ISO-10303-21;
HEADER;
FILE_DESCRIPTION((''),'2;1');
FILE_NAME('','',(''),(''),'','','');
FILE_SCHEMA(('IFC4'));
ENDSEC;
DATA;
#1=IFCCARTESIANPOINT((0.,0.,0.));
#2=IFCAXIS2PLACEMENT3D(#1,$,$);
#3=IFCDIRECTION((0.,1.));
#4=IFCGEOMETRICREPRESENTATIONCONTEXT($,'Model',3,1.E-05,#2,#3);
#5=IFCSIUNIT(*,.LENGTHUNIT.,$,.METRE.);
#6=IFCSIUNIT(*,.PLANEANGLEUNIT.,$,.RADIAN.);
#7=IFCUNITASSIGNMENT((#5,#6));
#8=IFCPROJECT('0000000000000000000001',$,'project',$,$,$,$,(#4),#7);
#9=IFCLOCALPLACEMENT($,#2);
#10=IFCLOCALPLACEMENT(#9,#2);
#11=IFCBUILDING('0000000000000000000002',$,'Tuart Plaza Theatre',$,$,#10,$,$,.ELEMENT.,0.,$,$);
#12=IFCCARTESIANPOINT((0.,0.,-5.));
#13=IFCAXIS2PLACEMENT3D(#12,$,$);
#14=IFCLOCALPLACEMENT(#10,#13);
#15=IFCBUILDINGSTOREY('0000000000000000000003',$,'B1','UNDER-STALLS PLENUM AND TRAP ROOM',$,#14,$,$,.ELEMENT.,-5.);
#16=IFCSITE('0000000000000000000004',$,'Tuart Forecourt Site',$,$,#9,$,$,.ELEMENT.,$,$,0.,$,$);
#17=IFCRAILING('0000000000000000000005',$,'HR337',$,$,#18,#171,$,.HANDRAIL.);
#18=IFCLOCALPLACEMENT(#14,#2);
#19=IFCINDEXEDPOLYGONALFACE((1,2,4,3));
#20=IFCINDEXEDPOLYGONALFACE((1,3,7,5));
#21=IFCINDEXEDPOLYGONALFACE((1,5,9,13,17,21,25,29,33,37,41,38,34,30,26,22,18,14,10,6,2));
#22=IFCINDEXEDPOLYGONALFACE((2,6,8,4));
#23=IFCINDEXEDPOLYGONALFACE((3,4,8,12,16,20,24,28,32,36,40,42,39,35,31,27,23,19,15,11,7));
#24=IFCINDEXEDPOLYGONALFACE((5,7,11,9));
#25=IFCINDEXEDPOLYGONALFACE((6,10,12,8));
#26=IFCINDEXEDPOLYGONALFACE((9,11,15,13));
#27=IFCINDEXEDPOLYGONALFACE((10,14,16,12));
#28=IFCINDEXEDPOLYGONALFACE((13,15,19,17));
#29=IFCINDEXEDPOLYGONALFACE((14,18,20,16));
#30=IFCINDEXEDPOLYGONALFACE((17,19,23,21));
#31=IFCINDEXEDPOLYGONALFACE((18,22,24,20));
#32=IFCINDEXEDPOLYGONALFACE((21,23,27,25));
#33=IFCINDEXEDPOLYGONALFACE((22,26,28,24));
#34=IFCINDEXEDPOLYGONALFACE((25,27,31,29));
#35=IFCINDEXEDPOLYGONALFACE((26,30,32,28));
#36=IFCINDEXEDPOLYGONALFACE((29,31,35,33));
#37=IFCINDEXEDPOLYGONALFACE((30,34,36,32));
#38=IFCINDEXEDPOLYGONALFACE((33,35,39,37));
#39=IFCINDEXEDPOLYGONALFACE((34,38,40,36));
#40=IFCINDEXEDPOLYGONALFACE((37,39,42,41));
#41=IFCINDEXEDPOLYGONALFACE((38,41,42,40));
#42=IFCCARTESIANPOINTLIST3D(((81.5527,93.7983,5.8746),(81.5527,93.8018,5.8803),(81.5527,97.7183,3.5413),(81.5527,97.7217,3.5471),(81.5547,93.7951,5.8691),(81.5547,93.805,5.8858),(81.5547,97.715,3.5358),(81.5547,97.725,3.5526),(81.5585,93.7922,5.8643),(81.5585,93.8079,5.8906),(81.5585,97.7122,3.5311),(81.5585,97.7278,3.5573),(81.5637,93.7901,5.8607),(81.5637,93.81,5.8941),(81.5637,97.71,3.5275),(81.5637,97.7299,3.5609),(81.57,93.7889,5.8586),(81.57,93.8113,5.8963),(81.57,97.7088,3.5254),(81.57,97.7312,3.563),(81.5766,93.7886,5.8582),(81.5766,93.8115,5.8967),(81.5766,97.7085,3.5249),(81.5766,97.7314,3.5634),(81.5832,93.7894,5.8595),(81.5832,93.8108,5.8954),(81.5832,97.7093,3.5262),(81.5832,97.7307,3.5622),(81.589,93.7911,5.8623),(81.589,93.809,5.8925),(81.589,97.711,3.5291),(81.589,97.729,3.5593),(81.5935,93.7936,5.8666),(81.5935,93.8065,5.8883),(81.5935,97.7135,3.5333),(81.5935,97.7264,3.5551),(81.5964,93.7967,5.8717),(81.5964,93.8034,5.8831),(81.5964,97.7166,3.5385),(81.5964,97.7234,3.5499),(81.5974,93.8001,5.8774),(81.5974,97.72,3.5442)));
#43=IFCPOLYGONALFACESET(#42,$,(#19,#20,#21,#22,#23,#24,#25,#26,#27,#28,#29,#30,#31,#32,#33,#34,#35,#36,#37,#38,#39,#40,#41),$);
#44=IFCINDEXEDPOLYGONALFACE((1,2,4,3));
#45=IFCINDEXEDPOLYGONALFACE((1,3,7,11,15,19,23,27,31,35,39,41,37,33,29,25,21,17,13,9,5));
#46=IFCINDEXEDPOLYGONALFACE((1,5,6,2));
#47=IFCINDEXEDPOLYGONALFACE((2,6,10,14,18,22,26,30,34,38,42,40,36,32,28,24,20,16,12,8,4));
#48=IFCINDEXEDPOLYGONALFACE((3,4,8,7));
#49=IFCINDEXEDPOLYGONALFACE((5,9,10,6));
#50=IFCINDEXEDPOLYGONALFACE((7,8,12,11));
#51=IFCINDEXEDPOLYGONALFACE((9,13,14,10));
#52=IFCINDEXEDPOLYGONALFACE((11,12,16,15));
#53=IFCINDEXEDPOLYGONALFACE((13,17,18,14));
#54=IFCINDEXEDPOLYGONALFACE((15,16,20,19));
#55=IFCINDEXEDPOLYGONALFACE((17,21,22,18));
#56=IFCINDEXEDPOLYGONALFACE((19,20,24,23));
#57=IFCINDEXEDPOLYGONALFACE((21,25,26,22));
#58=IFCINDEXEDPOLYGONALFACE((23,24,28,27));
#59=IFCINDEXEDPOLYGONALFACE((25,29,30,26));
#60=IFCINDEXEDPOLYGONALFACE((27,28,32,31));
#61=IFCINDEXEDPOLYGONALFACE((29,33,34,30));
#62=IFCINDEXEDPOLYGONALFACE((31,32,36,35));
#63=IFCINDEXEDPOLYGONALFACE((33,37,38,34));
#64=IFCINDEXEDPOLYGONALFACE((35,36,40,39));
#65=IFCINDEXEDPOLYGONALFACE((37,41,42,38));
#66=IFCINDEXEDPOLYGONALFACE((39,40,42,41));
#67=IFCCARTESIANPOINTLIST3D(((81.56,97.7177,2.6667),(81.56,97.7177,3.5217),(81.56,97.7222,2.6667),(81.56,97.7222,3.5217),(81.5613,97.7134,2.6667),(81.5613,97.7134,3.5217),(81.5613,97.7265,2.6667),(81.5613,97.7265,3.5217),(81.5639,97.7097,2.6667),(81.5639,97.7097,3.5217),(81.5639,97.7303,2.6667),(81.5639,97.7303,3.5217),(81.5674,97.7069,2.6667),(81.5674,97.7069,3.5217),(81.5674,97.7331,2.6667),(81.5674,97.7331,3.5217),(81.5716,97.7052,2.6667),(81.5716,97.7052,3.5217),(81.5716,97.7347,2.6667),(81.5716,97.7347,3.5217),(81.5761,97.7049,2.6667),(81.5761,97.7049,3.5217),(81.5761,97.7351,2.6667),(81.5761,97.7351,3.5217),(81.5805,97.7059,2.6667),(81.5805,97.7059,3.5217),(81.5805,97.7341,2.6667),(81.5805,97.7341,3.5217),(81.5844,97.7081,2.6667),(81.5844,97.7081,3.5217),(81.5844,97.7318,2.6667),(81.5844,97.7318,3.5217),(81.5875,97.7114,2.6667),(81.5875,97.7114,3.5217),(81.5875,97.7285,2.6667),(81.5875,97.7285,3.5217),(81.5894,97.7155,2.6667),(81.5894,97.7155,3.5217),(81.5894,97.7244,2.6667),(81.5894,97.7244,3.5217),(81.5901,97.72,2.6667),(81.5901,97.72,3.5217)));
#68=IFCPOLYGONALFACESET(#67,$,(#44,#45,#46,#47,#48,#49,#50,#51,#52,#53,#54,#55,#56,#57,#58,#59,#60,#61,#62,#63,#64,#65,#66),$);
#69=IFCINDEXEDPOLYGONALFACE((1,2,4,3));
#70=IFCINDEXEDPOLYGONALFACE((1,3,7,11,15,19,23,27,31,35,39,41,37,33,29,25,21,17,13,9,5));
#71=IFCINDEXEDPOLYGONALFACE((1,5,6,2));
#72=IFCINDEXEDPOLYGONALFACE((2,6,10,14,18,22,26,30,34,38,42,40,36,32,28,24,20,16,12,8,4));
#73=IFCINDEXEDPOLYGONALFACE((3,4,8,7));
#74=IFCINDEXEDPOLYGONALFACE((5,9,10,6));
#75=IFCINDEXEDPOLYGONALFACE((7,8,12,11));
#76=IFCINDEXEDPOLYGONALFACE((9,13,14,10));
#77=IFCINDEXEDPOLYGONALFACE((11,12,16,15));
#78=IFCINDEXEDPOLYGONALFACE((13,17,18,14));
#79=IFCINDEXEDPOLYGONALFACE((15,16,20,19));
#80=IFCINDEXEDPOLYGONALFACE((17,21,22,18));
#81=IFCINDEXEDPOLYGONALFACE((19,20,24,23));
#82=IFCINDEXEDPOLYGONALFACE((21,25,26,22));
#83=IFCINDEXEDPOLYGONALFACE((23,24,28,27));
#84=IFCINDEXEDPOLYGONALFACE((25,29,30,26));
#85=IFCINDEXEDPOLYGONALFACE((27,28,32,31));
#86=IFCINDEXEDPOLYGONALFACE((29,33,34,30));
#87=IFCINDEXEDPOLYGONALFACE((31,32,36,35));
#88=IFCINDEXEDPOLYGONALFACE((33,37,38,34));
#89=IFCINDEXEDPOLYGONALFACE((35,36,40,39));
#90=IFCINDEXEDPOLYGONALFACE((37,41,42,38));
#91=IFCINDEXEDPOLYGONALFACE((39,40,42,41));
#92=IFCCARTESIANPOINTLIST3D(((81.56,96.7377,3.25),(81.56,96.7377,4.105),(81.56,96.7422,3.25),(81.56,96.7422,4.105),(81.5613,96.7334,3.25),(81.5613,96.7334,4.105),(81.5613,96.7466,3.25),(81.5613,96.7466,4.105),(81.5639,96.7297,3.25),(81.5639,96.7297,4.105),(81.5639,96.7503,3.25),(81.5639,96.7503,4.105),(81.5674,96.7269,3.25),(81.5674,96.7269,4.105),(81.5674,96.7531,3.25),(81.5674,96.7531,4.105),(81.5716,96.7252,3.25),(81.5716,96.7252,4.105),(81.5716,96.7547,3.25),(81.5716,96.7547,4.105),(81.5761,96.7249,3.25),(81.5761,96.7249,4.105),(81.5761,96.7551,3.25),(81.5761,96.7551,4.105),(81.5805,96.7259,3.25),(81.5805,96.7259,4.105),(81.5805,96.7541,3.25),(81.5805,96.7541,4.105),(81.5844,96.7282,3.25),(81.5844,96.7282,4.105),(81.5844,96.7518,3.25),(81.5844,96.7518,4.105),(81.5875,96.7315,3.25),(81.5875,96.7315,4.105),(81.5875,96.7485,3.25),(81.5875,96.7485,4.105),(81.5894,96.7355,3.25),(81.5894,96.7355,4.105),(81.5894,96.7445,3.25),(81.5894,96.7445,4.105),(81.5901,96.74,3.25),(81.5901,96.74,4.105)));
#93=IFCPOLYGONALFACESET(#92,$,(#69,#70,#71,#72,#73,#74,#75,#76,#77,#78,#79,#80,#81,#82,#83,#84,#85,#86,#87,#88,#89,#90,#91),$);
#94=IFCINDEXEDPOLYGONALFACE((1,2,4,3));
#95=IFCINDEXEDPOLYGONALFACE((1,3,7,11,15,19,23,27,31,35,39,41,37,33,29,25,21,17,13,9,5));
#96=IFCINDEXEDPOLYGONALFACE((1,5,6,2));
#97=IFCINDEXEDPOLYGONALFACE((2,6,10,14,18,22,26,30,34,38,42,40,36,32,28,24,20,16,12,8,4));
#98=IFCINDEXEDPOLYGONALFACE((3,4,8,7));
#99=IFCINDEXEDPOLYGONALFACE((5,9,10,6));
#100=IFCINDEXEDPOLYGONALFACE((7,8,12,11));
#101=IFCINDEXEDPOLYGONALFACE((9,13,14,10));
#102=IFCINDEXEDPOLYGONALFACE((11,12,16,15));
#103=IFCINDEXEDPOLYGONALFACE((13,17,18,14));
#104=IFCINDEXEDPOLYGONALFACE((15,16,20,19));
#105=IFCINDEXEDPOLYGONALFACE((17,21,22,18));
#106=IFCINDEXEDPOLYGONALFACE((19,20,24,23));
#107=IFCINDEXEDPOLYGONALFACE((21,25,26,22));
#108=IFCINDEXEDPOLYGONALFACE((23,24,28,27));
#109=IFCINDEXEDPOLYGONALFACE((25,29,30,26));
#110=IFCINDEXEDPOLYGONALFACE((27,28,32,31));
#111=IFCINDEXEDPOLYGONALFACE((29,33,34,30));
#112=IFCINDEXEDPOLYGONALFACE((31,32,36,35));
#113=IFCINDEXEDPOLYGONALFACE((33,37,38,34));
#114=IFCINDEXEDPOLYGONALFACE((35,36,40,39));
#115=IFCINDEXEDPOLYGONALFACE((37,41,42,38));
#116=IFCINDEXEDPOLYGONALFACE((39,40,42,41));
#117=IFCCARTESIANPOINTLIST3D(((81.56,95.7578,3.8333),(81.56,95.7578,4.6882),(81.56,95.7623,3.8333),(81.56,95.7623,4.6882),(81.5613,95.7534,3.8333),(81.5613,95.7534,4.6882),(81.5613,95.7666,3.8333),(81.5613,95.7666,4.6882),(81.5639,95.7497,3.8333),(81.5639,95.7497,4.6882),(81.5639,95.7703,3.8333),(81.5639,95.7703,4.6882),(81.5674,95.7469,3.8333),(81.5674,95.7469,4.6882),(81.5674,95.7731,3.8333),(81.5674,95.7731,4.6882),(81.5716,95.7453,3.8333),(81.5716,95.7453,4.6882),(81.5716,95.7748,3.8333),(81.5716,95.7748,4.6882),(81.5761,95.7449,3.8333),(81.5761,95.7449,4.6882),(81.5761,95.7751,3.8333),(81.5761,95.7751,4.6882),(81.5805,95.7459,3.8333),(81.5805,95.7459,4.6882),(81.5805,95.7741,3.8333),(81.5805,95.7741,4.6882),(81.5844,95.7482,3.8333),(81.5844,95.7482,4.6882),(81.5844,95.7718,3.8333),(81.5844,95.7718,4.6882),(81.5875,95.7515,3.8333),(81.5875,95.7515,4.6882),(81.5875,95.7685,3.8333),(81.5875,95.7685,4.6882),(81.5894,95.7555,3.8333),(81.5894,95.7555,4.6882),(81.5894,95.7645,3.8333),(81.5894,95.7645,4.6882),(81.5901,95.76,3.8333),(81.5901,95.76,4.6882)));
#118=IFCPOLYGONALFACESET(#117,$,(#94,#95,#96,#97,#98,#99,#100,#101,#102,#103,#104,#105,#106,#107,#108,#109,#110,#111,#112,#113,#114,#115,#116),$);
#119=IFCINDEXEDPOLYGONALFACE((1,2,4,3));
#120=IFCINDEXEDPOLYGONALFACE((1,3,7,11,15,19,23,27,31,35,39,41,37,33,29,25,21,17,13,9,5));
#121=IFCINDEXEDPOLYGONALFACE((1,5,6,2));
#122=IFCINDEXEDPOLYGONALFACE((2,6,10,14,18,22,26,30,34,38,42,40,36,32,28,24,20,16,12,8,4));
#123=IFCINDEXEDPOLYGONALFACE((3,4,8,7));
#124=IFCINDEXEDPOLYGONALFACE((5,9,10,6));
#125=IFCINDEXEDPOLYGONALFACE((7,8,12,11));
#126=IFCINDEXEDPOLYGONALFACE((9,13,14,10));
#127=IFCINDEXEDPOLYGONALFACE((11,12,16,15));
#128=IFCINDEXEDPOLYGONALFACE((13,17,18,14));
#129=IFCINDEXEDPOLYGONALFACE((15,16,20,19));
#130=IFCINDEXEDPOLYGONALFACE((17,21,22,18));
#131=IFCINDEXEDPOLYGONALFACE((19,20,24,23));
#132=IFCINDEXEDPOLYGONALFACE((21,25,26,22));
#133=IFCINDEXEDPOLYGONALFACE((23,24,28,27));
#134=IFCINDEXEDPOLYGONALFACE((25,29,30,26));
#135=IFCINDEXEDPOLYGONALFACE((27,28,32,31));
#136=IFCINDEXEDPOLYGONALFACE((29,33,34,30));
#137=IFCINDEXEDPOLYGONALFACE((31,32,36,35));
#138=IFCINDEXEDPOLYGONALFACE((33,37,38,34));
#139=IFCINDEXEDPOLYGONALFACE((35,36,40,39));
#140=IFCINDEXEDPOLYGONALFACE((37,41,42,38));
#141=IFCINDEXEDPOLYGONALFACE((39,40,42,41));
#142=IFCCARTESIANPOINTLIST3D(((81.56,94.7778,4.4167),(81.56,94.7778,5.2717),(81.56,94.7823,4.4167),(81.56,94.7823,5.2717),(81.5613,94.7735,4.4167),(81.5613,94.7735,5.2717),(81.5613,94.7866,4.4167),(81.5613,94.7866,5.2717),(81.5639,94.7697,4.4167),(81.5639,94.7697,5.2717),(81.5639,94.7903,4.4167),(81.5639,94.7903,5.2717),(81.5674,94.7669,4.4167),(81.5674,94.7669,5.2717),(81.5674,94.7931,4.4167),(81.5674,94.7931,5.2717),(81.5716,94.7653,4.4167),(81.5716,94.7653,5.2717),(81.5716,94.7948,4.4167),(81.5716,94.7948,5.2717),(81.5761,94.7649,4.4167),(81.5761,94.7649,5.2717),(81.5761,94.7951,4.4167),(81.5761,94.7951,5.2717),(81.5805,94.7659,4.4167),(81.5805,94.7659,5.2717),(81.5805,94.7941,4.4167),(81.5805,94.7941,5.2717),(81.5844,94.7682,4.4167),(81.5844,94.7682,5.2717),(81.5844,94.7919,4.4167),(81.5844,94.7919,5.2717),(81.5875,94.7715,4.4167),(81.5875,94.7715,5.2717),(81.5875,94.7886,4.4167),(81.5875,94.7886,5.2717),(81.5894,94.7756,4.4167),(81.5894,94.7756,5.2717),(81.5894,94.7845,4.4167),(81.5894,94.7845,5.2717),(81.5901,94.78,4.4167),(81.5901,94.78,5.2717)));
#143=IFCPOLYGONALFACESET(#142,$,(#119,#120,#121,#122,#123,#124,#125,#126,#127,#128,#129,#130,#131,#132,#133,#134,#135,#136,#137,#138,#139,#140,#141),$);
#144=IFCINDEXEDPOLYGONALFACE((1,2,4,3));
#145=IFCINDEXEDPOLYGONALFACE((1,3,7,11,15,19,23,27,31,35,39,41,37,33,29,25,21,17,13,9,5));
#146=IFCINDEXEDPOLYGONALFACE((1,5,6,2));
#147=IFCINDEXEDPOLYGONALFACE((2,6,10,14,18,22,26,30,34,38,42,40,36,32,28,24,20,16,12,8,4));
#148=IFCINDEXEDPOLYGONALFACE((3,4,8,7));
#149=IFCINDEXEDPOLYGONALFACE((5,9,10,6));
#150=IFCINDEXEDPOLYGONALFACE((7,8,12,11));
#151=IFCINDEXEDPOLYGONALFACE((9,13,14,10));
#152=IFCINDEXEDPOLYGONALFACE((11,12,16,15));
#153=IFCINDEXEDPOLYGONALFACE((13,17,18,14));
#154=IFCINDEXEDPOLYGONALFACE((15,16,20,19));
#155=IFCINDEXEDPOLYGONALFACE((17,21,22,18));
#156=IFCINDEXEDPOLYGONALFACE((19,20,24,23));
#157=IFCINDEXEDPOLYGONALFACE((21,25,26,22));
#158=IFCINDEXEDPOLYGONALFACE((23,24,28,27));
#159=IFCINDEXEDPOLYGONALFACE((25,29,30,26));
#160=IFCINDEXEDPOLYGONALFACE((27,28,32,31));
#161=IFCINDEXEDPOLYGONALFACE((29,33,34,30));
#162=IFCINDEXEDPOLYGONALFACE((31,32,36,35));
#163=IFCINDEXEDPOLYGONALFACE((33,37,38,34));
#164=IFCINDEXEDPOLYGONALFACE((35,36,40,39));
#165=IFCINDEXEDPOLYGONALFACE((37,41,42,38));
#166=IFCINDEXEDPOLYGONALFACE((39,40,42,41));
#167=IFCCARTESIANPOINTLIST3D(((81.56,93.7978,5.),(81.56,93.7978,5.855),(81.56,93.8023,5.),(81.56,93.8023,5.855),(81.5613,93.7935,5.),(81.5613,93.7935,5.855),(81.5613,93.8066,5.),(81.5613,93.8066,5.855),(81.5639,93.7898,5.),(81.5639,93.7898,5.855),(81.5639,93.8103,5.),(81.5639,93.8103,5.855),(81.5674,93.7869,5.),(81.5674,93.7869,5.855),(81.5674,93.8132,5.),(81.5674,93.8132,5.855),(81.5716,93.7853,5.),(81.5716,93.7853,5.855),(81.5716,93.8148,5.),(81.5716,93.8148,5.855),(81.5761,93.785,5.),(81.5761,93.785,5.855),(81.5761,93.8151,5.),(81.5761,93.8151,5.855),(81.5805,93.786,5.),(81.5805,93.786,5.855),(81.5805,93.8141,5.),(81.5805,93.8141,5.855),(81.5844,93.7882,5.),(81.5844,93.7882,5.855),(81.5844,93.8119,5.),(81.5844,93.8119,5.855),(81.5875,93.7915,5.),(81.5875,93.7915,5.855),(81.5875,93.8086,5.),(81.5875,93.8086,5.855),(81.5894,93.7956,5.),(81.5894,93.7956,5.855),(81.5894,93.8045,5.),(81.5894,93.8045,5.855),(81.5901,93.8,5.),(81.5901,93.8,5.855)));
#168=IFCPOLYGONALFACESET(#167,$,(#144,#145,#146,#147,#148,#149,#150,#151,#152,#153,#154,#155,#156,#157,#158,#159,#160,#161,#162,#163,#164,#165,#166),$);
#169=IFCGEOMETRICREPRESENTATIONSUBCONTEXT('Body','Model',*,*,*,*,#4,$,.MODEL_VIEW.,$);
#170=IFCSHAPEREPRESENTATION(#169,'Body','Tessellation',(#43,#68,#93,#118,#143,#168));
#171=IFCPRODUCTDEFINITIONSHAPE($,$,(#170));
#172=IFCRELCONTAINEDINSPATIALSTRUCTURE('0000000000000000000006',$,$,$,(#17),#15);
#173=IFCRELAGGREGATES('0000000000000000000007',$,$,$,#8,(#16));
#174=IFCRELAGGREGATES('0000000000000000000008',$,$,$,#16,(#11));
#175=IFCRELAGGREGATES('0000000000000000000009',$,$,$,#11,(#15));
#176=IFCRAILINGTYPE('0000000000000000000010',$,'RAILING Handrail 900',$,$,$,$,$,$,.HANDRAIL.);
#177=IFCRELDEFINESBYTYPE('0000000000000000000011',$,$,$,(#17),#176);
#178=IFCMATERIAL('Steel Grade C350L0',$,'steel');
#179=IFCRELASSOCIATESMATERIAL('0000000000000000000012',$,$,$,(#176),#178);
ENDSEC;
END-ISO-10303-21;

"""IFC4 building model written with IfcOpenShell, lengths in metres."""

from ifc_helpers import new_model, si_unit, direction, frame, origin, origin_2d, place, context, subcontext, project, spatial, circle, extrude, material, type_object, element, save


model = new_model("IFC4")

# Units and contexts
model_context = context("Model", 3, precision=1e-05, world=origin(), true_north=direction((0.0, 1.0)))
body_context = subcontext(model_context, "Body", "Model", "MODEL_VIEW")
ifc_project = project(units=[si_unit("LENGTHUNIT", "METRE"), si_unit("PLANEANGLEUNIT", "RADIAN")], contexts=[model_context])

# Site, building, storey
site_placement = place(None, origin())
site = spatial("IfcSite", under=ifc_project, at=site_placement, Name="Tuart Forecourt Site", CompositionType="ELEMENT", RefElevation=0.0)
building_placement = place(site_placement, origin())
building = spatial("IfcBuilding", under=site, at=building_placement, Name="Tuart Plaza Theatre", CompositionType="ELEMENT", ElevationOfRefHeight=0.0)
storey_placement = place(building_placement, frame((0.0, 0.0, -5.0)))
storey = spatial("IfcBuildingStorey", under=building, at=storey_placement, Name="B1", Description="UNDER-STALLS PLENUM AND TRAP ROOM", CompositionType="ELEMENT", Elevation=-5.0)

# Railing
ifc_material_1 = material(Name="Steel Grade C350L0", Category="steel")
railing_type_1 = type_object("IfcRailingType", Name="RAILING Handrail 900", PredefinedType="HANDRAIL", material=ifc_material_1)
for number, where, name in (
    (1, (81.575, 97.72, 2.6667), "HR337"),
):
    element("IfcRailing", number, at=place(storey_placement, frame(where)), inside=storey, type_object=railing_type_1, Name=name, PredefinedType="HANDRAIL", context=body_context, shape_type="SweptSolid", body=[
        extrude(circle(Radius=0.0225, at=origin_2d()), frame((0.0, 0.0, 0.8774), z_axis=(0.0, -0.859296, 0.511478), x_axis=(1.0, 0.0, 0.0)), (0.0, 0.0, 1.0), 4.5618),
        extrude(circle(Radius=0.0151, at=origin_2d()), origin(), (0.0, 0.0, 1.0), 0.855),
        extrude(circle(Radius=0.0151, at=origin_2d()), frame((0.0, -0.98, 0.5833)), (0.0, 0.0, 1.0), 0.855),
        extrude(circle(Radius=0.0151, at=origin_2d()), frame((0.0, -1.96, 1.1665)), (0.0, 0.0, 1.0), 0.855),
        extrude(circle(Radius=0.0151, at=origin_2d()), frame((0.0, -2.9399, 1.75)), (0.0, 0.0, 1.0), 0.855),
        extrude(circle(Radius=0.0151, at=origin_2d()), frame((0.0, -3.9199, 2.3333)), (0.0, 0.0, 1.0), 0.855),
    ])

save(model, "model.ifc")
